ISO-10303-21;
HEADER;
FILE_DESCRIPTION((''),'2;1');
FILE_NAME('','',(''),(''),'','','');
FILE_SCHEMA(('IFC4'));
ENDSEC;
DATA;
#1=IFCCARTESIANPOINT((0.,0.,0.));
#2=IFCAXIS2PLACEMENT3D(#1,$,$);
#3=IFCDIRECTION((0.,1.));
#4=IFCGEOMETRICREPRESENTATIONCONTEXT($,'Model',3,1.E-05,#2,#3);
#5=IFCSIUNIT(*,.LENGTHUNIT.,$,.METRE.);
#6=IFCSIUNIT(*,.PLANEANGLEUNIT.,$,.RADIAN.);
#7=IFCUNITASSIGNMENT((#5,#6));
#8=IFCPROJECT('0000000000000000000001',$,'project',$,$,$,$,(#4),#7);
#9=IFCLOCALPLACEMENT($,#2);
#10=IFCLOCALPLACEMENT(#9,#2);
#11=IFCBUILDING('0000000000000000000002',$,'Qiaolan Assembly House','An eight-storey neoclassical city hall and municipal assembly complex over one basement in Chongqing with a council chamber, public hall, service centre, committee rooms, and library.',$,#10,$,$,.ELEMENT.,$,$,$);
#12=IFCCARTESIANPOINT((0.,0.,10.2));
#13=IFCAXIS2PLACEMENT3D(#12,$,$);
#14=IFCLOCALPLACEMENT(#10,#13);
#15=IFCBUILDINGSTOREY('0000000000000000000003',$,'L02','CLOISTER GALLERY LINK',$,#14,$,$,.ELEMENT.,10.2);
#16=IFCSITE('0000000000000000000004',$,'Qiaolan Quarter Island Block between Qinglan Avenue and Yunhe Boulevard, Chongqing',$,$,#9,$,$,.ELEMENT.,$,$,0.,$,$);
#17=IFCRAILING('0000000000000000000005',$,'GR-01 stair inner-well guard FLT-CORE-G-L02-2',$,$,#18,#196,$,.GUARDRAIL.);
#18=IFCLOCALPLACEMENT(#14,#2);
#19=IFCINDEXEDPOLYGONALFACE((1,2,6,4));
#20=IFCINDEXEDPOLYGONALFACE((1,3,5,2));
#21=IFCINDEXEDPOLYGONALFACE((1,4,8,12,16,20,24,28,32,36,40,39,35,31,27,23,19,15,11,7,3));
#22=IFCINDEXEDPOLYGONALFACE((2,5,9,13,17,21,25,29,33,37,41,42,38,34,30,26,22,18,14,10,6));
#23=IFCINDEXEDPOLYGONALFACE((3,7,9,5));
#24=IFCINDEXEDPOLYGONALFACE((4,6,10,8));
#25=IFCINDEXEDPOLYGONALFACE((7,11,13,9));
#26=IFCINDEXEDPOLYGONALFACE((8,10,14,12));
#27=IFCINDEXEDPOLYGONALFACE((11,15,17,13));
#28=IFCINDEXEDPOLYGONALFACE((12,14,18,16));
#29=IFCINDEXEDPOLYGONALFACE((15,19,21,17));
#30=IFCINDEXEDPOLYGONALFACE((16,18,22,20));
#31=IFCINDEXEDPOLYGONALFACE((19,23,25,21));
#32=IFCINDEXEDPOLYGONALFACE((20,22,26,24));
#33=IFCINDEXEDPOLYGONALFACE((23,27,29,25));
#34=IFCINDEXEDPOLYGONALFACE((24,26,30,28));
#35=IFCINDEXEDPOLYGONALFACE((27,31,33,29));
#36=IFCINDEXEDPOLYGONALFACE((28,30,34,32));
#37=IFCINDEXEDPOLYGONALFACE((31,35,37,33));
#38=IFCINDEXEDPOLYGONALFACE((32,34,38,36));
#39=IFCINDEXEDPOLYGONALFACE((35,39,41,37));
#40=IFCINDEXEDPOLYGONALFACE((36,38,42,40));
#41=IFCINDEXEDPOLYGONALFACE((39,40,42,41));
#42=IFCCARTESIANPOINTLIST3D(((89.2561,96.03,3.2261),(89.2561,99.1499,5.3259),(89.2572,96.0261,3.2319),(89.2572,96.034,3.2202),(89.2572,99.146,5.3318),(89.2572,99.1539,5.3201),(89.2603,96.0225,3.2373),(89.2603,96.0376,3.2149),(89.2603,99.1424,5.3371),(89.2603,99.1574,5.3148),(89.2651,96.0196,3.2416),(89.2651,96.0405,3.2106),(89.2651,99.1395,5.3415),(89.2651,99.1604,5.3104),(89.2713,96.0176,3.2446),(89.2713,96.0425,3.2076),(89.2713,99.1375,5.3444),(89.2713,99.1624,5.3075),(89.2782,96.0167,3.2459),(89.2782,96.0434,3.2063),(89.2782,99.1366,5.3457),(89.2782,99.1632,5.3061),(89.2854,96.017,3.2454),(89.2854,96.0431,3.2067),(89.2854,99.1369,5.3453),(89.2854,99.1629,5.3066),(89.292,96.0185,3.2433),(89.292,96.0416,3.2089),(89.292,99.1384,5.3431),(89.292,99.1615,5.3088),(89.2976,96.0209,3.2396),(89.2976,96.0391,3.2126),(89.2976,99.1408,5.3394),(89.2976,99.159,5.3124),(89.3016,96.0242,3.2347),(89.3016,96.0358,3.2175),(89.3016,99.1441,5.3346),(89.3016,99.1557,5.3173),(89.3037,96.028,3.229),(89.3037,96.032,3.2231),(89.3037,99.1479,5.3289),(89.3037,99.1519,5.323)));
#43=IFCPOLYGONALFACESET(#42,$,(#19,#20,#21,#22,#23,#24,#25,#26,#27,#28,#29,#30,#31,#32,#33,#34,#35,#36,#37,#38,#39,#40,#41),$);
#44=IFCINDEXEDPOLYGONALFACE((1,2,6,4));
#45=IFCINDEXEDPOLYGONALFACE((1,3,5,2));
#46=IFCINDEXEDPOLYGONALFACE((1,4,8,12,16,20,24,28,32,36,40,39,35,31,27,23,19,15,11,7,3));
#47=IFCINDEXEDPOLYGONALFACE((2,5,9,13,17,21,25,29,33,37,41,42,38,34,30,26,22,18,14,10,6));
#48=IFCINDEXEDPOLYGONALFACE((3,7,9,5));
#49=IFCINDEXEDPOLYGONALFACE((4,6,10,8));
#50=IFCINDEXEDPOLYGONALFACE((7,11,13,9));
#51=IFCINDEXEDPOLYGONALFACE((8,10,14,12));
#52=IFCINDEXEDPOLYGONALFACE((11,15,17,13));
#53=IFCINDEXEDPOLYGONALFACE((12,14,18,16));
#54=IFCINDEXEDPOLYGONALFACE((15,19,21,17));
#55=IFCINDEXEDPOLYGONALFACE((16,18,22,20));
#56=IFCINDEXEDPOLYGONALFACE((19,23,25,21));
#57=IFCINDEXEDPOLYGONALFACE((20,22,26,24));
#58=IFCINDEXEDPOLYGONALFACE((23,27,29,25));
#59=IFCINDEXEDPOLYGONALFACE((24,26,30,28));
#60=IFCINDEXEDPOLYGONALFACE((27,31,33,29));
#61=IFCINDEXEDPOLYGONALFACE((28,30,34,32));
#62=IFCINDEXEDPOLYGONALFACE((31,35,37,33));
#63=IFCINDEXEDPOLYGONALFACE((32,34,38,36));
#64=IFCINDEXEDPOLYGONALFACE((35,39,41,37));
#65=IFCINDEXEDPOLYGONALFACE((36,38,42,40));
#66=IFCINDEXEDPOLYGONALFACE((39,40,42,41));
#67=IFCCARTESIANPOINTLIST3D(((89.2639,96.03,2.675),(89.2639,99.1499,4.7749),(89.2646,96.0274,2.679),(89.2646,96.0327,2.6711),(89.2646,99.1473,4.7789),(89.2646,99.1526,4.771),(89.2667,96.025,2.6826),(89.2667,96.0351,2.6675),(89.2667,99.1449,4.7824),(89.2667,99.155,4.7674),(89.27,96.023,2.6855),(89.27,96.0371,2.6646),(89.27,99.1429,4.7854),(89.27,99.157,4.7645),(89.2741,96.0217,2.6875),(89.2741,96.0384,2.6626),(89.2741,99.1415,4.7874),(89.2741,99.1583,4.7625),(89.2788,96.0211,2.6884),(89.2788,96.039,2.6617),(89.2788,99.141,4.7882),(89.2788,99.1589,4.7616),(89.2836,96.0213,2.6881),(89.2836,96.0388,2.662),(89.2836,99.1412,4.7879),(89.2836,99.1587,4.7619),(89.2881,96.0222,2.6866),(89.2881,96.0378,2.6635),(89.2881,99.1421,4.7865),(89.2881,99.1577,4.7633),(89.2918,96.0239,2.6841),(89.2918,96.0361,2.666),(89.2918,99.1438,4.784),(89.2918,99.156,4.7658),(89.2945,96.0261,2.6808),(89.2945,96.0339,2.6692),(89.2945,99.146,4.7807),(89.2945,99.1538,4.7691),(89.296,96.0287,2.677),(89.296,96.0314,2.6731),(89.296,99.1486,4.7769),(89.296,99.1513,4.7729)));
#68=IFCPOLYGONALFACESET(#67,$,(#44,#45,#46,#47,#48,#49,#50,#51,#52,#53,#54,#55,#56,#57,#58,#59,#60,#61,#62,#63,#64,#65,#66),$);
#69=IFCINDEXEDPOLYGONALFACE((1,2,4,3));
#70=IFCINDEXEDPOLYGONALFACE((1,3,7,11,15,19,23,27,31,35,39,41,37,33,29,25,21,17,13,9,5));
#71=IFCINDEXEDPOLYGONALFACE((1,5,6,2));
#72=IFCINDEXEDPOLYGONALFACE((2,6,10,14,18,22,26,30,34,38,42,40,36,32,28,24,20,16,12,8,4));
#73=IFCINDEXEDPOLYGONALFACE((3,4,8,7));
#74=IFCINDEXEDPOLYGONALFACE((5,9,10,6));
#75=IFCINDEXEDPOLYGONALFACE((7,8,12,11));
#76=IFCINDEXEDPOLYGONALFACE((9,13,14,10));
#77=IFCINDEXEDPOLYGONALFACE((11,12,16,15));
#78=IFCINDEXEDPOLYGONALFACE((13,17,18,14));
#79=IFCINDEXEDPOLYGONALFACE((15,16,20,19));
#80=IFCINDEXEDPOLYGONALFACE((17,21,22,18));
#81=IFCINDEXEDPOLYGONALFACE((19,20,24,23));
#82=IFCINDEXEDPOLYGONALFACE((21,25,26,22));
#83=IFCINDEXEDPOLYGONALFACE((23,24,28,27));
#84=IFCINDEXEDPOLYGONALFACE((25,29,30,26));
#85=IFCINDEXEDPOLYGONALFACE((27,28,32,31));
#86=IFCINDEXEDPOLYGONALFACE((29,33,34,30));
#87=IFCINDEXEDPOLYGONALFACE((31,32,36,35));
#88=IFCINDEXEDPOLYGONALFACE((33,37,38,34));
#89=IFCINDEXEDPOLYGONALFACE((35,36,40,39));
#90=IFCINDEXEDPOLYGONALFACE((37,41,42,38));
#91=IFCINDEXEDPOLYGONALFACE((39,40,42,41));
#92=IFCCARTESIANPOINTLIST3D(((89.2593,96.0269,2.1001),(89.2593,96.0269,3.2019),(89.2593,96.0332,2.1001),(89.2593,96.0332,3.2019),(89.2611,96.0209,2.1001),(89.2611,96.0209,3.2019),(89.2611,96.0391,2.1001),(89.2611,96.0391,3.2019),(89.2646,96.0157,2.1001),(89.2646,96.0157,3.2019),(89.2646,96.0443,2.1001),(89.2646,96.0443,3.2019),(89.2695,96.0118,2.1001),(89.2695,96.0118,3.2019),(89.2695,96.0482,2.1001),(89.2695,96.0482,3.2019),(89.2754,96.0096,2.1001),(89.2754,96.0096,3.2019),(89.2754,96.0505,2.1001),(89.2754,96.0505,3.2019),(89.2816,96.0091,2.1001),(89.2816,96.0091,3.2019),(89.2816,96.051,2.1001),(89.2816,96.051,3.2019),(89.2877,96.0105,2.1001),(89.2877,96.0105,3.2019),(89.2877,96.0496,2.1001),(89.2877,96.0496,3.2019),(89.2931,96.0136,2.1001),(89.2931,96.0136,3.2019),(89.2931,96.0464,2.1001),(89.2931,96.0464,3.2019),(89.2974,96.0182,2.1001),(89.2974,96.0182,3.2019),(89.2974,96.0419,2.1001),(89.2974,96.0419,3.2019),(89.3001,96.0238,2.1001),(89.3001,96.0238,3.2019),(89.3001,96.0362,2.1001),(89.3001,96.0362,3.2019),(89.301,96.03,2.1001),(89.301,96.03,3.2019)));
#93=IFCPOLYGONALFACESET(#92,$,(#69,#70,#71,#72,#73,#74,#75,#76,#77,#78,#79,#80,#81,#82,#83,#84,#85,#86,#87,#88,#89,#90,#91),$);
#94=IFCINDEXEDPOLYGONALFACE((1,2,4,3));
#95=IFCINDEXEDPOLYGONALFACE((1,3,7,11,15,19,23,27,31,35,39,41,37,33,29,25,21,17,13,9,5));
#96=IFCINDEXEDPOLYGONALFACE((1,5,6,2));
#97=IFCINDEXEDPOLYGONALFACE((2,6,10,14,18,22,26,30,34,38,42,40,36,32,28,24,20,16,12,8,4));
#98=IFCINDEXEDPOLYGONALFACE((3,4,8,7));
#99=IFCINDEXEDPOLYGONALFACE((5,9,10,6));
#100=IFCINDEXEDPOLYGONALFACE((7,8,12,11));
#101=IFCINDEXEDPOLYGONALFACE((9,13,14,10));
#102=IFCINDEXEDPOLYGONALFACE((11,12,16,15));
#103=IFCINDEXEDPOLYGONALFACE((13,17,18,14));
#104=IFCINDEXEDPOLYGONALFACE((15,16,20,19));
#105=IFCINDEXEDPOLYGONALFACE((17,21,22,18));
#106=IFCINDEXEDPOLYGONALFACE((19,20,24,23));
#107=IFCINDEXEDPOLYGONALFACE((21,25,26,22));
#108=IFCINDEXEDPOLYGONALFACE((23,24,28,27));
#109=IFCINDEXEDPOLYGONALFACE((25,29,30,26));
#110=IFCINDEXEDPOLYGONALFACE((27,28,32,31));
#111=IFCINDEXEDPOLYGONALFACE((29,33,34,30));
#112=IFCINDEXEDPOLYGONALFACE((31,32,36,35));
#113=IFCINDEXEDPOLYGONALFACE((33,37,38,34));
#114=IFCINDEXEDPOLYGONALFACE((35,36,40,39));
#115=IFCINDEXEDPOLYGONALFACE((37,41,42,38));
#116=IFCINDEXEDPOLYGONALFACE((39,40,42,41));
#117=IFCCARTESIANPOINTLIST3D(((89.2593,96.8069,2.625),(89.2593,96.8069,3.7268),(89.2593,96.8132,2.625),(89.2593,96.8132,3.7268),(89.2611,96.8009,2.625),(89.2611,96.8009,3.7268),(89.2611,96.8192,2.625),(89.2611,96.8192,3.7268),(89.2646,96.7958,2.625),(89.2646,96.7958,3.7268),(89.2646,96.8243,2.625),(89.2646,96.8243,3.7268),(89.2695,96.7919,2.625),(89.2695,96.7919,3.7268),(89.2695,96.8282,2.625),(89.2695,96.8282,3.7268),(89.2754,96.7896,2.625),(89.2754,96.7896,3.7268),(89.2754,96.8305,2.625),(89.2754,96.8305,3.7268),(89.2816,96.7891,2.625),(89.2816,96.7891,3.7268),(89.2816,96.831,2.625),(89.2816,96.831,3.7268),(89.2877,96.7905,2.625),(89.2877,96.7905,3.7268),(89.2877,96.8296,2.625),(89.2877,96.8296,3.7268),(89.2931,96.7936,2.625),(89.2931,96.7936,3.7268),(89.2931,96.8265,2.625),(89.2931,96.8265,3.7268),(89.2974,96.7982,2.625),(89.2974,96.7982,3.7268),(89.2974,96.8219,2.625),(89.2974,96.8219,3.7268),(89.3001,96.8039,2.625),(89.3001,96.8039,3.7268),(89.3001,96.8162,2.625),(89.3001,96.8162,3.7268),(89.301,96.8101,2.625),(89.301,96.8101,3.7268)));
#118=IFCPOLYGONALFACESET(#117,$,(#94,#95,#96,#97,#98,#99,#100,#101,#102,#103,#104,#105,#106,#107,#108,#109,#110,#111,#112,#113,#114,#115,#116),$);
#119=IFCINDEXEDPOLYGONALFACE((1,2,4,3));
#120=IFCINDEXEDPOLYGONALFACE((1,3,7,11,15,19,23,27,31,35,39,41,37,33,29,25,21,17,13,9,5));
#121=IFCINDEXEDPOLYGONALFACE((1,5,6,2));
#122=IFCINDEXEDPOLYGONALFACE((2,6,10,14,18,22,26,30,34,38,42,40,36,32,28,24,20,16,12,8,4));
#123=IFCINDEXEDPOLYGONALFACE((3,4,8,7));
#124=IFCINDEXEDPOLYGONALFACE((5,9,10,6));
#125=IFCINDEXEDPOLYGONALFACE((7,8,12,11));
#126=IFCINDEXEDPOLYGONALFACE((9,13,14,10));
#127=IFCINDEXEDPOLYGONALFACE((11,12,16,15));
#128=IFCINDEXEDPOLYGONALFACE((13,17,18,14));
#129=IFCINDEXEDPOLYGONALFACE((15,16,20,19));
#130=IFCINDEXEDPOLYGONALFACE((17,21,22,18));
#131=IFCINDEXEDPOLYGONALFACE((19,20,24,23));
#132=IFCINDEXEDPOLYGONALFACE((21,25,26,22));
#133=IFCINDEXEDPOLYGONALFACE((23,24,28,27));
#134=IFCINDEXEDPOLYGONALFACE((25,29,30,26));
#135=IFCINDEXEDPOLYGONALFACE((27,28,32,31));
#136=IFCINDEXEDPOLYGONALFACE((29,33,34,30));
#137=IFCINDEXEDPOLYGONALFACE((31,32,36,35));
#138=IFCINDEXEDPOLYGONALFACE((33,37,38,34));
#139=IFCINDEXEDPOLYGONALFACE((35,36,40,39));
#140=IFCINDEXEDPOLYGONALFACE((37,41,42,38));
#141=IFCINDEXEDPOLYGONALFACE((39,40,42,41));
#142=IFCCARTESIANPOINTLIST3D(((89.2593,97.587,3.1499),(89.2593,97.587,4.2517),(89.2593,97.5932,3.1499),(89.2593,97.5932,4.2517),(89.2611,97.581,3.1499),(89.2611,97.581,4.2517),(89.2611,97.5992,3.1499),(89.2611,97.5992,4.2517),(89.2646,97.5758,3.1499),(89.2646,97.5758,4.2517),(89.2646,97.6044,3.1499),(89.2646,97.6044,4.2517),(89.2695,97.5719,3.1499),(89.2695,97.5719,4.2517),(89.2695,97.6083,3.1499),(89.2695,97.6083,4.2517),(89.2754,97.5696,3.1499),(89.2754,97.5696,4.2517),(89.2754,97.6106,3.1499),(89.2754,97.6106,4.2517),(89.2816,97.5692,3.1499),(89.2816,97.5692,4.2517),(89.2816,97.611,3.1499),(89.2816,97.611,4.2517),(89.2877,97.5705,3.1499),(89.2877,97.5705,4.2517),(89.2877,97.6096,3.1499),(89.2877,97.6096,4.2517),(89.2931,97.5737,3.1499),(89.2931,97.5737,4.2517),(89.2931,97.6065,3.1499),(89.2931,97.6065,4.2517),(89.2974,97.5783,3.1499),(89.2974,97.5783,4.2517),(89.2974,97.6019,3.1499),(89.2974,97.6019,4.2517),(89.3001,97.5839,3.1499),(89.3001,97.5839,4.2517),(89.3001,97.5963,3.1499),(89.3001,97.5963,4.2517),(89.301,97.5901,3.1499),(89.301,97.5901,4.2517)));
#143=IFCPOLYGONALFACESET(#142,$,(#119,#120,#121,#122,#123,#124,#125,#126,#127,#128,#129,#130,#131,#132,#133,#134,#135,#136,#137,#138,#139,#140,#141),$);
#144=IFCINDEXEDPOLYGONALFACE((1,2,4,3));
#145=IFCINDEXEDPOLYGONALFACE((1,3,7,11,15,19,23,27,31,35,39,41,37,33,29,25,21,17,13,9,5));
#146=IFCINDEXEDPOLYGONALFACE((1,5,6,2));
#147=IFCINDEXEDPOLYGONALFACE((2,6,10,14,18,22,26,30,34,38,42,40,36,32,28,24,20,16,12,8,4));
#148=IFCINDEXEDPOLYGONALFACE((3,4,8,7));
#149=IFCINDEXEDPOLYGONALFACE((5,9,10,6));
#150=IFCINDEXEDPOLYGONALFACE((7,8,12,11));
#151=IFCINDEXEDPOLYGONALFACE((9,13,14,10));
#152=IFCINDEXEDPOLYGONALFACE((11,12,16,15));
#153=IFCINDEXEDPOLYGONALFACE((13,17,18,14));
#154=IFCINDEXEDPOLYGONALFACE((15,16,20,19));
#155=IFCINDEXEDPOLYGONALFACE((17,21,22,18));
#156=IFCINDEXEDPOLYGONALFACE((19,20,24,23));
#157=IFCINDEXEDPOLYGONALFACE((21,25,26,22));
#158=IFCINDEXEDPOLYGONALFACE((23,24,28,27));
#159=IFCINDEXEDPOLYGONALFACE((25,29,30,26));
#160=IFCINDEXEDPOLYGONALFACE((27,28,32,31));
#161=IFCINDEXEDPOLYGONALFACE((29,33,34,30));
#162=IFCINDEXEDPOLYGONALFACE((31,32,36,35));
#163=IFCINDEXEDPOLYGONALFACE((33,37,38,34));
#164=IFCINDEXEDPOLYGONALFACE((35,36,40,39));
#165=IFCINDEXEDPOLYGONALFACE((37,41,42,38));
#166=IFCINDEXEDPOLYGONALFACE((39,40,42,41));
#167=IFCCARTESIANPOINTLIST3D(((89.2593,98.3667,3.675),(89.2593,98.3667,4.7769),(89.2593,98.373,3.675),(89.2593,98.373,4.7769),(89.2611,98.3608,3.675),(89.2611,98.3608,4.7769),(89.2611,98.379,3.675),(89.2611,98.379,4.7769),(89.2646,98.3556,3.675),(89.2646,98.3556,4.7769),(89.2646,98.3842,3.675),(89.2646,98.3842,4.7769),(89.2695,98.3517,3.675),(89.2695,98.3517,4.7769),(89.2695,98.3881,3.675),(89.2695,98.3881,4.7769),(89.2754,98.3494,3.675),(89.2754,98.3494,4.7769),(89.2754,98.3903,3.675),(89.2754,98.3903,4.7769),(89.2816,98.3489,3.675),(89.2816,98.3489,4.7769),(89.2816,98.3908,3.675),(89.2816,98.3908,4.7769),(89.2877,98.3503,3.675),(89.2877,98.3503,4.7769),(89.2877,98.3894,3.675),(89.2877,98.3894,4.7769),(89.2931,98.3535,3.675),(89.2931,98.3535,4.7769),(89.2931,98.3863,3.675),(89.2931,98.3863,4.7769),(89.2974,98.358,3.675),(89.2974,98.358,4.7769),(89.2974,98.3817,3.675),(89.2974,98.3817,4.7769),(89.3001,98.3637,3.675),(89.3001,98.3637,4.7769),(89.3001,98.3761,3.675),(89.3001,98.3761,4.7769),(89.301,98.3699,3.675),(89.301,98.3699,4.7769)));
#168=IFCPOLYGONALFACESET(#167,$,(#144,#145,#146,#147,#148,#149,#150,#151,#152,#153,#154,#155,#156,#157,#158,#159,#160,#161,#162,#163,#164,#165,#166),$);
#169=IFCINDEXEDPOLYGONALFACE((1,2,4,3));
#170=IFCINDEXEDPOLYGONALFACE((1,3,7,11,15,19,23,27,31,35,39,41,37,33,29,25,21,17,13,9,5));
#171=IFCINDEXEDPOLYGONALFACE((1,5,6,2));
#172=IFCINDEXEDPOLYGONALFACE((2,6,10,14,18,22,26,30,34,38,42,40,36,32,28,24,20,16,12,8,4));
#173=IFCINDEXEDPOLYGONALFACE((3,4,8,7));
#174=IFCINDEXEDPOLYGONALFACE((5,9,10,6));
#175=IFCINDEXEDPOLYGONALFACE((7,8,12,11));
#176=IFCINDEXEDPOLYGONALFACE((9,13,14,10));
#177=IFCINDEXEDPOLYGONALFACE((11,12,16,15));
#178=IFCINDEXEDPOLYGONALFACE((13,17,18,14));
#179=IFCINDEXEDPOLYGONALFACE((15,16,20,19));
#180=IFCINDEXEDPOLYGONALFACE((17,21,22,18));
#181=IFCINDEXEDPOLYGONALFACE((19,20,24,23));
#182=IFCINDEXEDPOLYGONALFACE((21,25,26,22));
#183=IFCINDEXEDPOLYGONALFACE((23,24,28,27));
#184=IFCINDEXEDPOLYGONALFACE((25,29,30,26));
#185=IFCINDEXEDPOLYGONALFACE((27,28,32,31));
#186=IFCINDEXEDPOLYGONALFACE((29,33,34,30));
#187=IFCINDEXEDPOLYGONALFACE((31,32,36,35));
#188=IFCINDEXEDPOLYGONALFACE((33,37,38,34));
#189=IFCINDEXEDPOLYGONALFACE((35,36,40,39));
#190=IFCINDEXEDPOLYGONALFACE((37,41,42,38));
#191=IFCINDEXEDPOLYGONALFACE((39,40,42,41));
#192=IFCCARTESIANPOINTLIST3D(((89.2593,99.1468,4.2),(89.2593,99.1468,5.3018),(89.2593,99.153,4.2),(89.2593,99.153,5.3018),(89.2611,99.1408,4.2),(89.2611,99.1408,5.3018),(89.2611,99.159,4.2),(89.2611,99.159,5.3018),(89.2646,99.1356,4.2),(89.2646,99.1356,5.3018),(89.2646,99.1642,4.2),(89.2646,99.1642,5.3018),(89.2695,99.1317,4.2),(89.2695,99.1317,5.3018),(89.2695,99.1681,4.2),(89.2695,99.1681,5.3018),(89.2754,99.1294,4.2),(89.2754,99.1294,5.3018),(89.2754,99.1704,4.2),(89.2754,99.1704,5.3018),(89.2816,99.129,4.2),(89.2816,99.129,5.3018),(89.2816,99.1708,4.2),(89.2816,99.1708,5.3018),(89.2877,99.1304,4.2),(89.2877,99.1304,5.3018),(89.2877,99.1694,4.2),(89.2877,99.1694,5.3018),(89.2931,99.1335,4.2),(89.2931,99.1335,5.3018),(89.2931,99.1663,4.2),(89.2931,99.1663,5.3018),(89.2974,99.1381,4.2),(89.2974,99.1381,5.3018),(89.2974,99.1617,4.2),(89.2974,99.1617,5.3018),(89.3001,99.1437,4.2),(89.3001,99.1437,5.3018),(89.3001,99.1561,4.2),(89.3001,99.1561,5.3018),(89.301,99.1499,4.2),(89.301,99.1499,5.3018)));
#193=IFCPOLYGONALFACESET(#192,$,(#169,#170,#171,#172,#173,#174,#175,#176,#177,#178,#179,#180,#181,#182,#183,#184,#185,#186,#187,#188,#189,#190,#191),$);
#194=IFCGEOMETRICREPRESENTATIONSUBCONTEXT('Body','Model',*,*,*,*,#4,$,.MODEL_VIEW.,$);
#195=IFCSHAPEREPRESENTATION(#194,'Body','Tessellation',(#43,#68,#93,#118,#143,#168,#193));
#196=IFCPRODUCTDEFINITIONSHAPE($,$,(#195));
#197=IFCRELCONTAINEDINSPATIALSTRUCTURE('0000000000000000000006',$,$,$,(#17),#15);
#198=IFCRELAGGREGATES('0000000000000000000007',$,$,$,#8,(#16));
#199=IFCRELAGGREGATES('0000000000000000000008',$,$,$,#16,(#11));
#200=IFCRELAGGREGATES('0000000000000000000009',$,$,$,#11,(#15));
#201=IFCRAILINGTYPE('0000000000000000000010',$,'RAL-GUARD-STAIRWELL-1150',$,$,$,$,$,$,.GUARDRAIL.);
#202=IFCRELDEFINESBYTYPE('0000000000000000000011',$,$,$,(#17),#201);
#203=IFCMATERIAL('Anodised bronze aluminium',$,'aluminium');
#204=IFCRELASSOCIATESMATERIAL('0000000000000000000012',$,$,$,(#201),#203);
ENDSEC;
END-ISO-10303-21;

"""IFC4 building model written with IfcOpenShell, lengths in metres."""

from ifc_helpers import new_model, si_unit, direction, frame, origin, origin_2d, place, context, subcontext, project, spatial, circle, extrude, material, type_object, element, save


model = new_model("IFC4")

# Units and contexts
model_context = context("Model", 3, precision=1e-05, world=origin(), true_north=direction((0.0, 1.0)))
body_context = subcontext(model_context, "Body", "Model", "MODEL_VIEW")
ifc_project = project(units=[si_unit("LENGTHUNIT", "METRE"), si_unit("PLANEANGLEUNIT", "RADIAN")], contexts=[model_context])

# Site, building, storey
site_placement = place(None, origin())
site = spatial("IfcSite", under=ifc_project, at=site_placement, Name="Qiaolan Quarter Island Block between Qinglan Avenue and Yunhe Boulevard, Chongqing", CompositionType="ELEMENT", RefElevation=0.0)
building_placement = place(site_placement, origin())
building = spatial("IfcBuilding", under=site, at=building_placement, Name="Qiaolan Assembly House", Description="An eight-storey neoclassical city hall and municipal assembly complex over one basement in Chongqing with a council chamber, public hall, service centre, committee rooms, and library.", CompositionType="ELEMENT")
storey_placement = place(building_placement, frame((0.0, 0.0, 10.2)))
storey = spatial("IfcBuildingStorey", under=building, at=storey_placement, Name="L02", Description="CLOISTER GALLERY LINK", CompositionType="ELEMENT", Elevation=10.2)

# Railing
ifc_material_1 = material(Name="Anodised bronze aluminium", Category="aluminium")
railing_type_1 = type_object("IfcRailingType", Name="RAL-GUARD-STAIRWELL-1150", PredefinedType="GUARDRAIL", material=ifc_material_1)
railing_1_placement = place(storey_placement, frame((89.28, 96.03, 2.1001)))
element("IfcRailing", 1, at=railing_1_placement, inside=storey, type_object=railing_type_1, Name="GR-01 stair inner-well guard FLT-CORE-G-L02-2", PredefinedType="GUARDRAIL", context=body_context, shape_type="SweptSolid", body=[
    extrude(circle(Radius=0.0239, at=origin_2d()), frame((0.0, 0.0, 1.126), z_axis=(0.0, 0.829595, 0.558365), x_axis=(-1.0, 0.0, 0.0)), (0.0, 0.0, 1.0), 3.7607),
    extrude(circle(Radius=0.0161, at=origin_2d()), frame((0.0, 0.0, 0.575), z_axis=(0.0, 0.829595, 0.558365), x_axis=(-1.0, 0.0, 0.0)), (0.0, 0.0, 1.0), 3.7607),
    extrude(circle(Radius=0.021, at=origin_2d()), origin(), (0.0, 0.0, 1.0), 1.1018),
    extrude(circle(Radius=0.021, at=origin_2d()), frame((0.0, 0.78, 0.5249)), (0.0, 0.0, 1.0), 1.1018),
    extrude(circle(Radius=0.021, at=origin_2d()), frame((0.0, 1.5601, 1.0498)), (0.0, 0.0, 1.0), 1.1018),
    extrude(circle(Radius=0.021, at=origin_2d()), frame((0.0, 2.3398, 1.575)), (0.0, 0.0, 1.0), 1.1018),
    extrude(circle(Radius=0.021, at=origin_2d()), frame((0.0, 3.1199, 2.0999)), (0.0, 0.0, 1.0), 1.1018),
])

save(model, "model.ifc")
